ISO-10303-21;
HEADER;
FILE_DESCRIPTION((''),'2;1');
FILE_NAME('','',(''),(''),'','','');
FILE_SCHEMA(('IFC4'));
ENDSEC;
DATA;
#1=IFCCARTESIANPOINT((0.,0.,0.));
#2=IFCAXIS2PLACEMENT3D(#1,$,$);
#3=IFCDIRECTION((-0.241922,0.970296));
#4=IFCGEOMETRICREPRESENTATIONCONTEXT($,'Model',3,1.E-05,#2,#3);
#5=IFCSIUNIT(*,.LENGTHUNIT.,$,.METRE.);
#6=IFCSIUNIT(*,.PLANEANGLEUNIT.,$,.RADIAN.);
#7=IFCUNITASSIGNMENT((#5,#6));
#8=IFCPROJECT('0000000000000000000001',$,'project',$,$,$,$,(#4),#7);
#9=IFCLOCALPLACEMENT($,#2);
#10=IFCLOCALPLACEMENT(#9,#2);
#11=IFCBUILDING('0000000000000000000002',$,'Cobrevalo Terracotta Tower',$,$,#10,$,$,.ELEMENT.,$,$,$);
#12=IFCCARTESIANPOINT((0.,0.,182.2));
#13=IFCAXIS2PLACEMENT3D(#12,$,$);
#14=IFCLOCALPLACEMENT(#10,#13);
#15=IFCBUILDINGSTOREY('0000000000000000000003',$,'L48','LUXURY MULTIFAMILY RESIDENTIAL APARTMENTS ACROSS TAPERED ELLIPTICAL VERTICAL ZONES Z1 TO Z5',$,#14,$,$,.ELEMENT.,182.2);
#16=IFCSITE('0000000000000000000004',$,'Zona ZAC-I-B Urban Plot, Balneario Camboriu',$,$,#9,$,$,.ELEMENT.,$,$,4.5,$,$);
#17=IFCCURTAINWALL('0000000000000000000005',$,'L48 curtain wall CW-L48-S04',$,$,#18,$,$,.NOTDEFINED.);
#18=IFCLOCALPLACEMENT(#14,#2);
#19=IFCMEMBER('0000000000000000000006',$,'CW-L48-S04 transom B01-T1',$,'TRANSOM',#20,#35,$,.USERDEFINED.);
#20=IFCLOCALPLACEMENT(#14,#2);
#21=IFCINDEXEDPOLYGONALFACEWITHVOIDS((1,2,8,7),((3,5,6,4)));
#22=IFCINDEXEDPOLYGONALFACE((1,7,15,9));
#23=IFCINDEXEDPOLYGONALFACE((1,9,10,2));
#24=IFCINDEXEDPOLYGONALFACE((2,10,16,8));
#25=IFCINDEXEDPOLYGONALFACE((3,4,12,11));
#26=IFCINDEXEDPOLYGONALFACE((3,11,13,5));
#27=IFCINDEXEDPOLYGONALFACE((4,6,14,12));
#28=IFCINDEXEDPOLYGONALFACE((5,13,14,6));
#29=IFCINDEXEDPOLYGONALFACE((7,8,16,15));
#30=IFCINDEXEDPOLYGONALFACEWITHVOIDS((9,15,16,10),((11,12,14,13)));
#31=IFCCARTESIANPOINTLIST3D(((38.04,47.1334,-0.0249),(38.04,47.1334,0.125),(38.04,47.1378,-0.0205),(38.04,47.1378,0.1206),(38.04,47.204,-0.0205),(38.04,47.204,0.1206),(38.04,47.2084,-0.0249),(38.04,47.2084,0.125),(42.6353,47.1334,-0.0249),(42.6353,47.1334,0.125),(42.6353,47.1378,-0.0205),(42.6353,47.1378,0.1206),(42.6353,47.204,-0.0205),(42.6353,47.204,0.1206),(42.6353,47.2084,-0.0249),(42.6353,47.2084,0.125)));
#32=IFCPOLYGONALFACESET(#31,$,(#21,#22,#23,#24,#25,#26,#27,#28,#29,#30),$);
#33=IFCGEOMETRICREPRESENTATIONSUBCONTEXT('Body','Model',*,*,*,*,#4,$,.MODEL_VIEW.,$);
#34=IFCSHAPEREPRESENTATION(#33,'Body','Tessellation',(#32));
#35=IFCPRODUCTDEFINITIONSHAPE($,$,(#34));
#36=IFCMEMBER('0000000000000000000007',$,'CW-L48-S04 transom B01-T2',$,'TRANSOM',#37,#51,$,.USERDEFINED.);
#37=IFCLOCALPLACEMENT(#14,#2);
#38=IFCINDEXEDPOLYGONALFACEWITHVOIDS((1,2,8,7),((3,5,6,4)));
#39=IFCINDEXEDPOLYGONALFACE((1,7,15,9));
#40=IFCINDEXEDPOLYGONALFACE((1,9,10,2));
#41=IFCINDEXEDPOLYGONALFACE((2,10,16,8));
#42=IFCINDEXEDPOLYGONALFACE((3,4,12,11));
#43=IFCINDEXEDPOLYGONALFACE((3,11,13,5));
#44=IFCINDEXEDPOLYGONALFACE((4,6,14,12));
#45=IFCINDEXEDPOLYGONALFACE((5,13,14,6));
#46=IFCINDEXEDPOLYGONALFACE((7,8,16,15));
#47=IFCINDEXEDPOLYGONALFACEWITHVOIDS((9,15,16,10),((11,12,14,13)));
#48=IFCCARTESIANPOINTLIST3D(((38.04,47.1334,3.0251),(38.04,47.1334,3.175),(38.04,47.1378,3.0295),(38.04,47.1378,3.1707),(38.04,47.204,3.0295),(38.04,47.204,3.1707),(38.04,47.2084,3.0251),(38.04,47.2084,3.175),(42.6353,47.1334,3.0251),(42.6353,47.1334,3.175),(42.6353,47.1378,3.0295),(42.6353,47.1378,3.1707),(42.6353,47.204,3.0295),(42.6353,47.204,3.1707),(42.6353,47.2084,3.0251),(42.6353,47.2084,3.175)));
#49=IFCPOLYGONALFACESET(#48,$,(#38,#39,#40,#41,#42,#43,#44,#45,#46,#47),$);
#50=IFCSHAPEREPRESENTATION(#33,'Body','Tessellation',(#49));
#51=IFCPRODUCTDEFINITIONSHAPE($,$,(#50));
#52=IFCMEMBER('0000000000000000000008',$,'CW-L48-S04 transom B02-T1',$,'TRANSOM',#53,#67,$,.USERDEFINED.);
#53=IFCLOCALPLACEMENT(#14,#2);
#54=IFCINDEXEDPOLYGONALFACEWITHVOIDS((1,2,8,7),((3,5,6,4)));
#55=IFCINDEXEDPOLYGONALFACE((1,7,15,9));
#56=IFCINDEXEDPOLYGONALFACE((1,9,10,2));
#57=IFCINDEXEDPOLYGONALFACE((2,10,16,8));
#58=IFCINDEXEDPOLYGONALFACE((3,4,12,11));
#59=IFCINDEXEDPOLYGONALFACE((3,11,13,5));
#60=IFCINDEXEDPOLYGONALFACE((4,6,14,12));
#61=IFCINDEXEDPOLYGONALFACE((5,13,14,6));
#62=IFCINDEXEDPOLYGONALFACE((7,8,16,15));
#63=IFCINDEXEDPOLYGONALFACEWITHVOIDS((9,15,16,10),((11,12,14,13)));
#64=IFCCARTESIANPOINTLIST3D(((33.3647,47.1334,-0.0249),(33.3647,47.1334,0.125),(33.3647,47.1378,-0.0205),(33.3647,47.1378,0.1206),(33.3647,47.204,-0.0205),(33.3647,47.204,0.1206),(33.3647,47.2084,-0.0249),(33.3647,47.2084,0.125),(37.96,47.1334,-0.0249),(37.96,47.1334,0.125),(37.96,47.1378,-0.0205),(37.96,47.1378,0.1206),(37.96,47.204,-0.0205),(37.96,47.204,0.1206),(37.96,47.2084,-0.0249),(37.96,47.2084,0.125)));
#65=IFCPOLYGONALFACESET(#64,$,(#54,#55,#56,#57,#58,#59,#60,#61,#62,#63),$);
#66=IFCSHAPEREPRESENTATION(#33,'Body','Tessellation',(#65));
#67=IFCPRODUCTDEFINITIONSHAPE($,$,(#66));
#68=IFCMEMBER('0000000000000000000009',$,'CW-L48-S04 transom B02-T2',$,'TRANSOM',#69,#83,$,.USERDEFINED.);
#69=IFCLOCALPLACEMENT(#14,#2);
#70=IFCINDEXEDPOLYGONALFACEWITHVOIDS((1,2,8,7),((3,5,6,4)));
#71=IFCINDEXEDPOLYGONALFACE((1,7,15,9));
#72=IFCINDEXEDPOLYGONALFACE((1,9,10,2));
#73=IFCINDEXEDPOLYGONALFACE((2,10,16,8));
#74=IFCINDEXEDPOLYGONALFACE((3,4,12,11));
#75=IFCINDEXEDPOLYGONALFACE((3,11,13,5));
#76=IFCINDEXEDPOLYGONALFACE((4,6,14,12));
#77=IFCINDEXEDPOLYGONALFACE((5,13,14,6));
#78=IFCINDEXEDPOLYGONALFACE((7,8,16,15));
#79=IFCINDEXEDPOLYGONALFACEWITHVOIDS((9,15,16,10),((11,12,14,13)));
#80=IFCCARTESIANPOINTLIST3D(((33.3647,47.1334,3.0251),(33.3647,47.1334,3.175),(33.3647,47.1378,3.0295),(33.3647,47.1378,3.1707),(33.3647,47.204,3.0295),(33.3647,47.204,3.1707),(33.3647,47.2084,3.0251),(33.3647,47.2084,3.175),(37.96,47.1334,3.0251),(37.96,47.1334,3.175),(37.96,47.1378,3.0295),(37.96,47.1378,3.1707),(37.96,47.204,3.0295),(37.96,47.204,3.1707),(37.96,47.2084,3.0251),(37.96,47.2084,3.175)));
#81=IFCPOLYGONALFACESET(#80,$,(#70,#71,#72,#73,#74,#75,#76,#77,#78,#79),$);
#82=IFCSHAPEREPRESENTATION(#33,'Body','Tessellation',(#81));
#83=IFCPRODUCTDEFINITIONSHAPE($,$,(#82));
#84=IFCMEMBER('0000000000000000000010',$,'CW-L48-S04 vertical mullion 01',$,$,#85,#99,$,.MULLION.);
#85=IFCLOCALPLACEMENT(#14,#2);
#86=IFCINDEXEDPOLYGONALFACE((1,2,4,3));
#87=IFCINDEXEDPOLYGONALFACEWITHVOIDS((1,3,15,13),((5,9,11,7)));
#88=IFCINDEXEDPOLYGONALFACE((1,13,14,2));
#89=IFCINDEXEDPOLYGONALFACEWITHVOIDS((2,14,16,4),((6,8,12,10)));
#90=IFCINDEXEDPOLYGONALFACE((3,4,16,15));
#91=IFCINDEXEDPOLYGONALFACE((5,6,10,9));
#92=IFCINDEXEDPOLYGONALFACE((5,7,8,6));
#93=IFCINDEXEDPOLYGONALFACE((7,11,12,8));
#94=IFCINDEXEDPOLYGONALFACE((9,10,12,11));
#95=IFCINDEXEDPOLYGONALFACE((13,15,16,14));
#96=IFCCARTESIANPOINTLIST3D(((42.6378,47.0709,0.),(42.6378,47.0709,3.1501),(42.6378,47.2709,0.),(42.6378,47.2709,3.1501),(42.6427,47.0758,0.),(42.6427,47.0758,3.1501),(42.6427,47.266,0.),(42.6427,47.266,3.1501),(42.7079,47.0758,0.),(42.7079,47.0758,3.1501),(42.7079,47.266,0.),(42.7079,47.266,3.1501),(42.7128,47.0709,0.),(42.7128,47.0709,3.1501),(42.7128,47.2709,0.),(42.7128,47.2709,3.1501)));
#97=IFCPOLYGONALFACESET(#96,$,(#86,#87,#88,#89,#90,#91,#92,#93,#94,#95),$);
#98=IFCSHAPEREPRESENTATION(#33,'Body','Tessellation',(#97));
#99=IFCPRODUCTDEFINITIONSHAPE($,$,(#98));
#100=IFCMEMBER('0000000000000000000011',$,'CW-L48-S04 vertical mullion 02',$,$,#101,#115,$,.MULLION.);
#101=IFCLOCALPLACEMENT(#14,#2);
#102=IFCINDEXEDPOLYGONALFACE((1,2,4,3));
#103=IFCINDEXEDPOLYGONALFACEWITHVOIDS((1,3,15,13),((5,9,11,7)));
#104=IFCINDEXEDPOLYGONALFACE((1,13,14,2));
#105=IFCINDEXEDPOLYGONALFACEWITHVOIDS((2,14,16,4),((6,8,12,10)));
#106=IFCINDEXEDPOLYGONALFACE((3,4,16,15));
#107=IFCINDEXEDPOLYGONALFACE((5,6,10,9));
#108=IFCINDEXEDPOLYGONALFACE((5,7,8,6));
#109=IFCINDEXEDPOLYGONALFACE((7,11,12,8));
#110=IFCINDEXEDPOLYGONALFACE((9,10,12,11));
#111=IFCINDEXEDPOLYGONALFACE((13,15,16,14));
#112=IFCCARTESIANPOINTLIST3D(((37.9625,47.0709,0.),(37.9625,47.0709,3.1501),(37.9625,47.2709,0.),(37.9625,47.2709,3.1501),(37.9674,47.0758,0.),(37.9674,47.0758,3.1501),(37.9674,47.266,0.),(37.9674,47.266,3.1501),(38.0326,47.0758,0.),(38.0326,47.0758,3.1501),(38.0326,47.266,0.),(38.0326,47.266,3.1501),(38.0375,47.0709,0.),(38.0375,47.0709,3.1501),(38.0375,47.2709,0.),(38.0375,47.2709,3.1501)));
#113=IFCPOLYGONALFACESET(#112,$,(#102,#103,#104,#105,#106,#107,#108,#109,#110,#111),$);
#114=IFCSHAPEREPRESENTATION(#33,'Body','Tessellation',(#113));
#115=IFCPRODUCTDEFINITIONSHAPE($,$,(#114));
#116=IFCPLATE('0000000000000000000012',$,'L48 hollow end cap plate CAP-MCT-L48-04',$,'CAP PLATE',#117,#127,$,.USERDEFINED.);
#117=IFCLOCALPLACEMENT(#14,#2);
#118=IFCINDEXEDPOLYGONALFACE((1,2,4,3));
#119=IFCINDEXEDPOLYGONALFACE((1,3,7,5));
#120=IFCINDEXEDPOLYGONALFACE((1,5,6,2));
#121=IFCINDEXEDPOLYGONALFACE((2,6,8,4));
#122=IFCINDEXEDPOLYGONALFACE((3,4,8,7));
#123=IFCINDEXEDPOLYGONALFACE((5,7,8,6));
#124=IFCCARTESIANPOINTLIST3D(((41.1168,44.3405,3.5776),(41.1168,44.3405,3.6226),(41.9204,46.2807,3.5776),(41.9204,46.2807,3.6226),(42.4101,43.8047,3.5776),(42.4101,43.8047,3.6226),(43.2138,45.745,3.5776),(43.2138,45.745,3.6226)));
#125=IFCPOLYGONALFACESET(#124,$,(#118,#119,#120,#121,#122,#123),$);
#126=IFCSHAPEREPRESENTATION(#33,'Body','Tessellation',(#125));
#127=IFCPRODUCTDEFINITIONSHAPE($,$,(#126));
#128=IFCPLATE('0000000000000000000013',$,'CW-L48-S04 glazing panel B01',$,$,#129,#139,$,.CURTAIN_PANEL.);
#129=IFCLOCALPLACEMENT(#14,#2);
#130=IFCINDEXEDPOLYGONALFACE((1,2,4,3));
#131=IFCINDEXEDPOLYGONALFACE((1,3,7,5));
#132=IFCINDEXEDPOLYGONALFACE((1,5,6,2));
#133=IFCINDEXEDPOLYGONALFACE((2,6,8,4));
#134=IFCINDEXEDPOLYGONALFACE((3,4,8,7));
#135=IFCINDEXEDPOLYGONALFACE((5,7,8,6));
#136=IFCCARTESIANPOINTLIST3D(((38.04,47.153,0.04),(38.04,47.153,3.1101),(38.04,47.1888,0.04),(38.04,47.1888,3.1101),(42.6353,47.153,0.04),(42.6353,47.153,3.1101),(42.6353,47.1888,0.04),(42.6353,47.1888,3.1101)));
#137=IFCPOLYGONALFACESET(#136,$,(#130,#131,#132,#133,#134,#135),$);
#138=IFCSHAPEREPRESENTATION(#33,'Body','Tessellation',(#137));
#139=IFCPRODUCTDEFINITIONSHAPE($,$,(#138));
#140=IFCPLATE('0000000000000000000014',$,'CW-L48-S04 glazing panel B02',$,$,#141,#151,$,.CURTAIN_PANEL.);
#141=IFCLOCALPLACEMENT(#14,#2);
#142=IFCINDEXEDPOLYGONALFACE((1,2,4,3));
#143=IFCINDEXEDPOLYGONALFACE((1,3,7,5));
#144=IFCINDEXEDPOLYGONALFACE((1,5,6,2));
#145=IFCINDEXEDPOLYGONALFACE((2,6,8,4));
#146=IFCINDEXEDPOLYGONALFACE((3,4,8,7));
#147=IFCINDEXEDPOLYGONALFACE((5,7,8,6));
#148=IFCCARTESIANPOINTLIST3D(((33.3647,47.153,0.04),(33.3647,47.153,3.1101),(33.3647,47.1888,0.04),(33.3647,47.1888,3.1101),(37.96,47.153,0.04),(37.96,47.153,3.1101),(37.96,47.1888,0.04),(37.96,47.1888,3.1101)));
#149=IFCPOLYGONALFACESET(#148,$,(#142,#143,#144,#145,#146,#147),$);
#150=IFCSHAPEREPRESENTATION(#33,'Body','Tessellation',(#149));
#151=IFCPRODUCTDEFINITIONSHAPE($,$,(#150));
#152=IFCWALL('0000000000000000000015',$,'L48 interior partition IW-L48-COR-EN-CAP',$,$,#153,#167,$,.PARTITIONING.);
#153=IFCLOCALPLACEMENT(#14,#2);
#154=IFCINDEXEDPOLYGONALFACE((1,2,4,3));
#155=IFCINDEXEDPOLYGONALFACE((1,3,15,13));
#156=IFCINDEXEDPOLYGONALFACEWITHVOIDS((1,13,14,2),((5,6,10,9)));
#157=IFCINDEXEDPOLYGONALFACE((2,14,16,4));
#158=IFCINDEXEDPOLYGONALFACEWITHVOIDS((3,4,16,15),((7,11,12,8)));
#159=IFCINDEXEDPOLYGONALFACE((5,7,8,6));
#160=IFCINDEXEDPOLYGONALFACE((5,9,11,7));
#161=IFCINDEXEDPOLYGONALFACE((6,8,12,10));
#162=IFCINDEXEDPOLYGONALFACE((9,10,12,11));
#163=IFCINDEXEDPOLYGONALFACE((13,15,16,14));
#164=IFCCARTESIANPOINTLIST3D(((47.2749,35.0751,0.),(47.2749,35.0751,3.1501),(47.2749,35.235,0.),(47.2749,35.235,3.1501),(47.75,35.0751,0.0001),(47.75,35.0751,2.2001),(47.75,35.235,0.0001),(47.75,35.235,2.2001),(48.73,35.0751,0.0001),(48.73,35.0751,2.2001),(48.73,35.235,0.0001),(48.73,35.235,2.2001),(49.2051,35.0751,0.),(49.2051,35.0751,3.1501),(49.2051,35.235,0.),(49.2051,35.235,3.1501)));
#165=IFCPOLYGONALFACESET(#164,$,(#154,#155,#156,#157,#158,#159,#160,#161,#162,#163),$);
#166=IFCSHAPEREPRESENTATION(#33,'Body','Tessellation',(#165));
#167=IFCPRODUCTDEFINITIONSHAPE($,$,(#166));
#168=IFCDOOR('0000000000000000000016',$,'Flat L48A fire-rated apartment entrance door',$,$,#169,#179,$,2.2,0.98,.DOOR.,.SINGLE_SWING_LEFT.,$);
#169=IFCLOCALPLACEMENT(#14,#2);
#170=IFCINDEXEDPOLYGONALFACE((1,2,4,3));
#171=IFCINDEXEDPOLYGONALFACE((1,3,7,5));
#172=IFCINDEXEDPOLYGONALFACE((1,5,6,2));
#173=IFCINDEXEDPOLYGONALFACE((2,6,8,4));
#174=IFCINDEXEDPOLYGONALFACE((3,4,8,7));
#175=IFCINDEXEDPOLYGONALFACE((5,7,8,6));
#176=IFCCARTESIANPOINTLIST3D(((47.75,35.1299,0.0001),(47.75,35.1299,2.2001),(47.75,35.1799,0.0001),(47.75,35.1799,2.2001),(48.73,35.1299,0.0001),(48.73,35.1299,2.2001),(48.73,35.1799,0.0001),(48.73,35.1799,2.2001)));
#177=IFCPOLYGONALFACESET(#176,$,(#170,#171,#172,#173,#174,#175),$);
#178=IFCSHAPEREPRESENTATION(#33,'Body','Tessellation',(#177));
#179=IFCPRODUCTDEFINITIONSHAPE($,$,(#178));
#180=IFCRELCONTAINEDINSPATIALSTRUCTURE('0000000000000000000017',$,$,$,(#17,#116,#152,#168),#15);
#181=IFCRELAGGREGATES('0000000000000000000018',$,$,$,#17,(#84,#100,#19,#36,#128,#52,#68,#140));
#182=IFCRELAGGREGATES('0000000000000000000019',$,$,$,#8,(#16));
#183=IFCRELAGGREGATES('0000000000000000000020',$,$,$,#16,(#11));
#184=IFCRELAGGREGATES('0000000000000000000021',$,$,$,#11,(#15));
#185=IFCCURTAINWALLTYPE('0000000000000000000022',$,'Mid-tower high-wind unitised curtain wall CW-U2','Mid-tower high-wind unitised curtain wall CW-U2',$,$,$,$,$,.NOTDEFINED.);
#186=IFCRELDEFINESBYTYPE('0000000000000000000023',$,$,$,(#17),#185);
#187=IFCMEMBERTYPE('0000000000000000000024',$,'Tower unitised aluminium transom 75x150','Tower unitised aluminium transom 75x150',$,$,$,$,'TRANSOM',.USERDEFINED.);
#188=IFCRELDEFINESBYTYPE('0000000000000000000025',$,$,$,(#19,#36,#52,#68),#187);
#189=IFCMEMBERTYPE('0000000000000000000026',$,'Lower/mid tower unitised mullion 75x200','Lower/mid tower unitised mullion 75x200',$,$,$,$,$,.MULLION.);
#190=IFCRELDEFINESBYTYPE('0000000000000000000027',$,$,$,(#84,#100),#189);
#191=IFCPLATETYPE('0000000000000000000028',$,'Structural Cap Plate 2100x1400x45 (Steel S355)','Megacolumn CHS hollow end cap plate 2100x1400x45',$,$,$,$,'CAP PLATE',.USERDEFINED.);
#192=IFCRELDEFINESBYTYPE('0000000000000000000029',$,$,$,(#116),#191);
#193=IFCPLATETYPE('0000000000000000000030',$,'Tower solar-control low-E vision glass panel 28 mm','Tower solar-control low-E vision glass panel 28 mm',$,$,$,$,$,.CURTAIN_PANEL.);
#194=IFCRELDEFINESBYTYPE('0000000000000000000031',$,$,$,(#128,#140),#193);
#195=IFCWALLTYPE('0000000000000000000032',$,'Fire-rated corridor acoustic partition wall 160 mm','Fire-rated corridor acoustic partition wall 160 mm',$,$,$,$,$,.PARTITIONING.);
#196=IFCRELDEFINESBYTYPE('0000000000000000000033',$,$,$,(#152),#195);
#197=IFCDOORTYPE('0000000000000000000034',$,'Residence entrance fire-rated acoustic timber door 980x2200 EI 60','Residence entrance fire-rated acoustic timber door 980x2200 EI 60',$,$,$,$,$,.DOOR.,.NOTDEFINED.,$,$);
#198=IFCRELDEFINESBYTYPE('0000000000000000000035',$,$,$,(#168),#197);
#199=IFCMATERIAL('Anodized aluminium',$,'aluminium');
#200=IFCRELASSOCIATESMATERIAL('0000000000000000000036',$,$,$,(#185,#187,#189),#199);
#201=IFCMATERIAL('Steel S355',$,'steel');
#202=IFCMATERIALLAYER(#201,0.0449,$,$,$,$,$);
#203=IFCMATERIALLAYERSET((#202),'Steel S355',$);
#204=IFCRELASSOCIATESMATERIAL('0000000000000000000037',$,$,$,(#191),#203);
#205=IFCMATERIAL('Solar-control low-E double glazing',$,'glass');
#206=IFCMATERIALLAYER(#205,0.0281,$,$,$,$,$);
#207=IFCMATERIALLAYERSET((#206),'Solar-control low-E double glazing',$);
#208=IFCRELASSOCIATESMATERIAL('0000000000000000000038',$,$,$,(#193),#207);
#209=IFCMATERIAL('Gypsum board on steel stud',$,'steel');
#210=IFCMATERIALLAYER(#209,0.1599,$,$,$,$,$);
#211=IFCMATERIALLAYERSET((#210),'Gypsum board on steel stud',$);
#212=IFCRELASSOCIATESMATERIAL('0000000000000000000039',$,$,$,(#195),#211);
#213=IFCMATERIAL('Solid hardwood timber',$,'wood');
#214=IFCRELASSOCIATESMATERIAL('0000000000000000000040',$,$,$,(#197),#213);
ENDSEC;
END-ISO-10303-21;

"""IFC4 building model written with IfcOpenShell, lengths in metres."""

from ifc_helpers import new_model, si_unit, direction, frame, frame_2d, origin, origin_2d, place, context, subcontext, project, spatial, rectangle, hollow_rectangle, extrude, source, transform, mapped, material, layer, layer_set, material_profile, profile_set, type_object, element, fill, aggregate, save


model = new_model("IFC4")

# Units and contexts
model_context = context("Model", 3, precision=1e-05, world=origin(), true_north=direction((-0.241922, 0.970296)))
body_context = subcontext(model_context, "Body", "Model", "MODEL_VIEW")
ifc_project = project(units=[si_unit("LENGTHUNIT", "METRE"), si_unit("PLANEANGLEUNIT", "RADIAN")], contexts=[model_context])

# Site, building, storey
site_placement = place(None, origin())
site = spatial("IfcSite", under=ifc_project, at=site_placement, Name="Zona ZAC-I-B Urban Plot, Balneario Camboriu", CompositionType="ELEMENT", RefElevation=4.5)
building_placement = place(site_placement, origin())
building = spatial("IfcBuilding", under=site, at=building_placement, Name="Cobrevalo Terracotta Tower", CompositionType="ELEMENT")
storey_placement = place(building_placement, frame((0.0, 0.0, 182.2)))
storey = spatial("IfcBuildingStorey", under=building, at=storey_placement, Name="L48", Description="LUXURY MULTIFAMILY RESIDENTIAL APARTMENTS ACROSS TAPERED ELLIPTICAL VERTICAL ZONES Z1 TO Z5", CompositionType="ELEMENT", Elevation=182.2)

# Shared definitions
ifc_material_1 = material(Name="Steel S355", Category="steel")

# Curtain wall, members
ifc_material_2 = material(Name="Anodized aluminium", Category="aluminium")
curtain_wall_type = type_object("IfcCurtainWallType", Name="Mid-tower high-wind unitised curtain wall CW-U2", Description="Mid-tower high-wind unitised curtain wall CW-U2", PredefinedType="NOTDEFINED", material=ifc_material_2)
curtain_wall_placement = place(storey_placement, origin())
curtain_wall = element("IfcCurtainWall", 1, at=curtain_wall_placement, inside=storey, type_object=curtain_wall_type, Name="L48 curtain wall CW-L48-S04", PredefinedType="NOTDEFINED")
ifc_material_profile_1 = material_profile(ifc_material_2, hollow_rectangle(XDim=0.075, YDim=0.1499, WallThickness=0.0044, at=origin_2d()), Name="CWT 75x150")
ifc_profile_set_1 = profile_set([ifc_material_profile_1], Name="Anodized aluminium")
member_type_1 = type_object("IfcMemberType", Name="Tower unitised aluminium transom 75x150", Description="Tower unitised aluminium transom 75x150", ElementType="TRANSOM", PredefinedType="USERDEFINED", material=ifc_profile_set_1)
shared_shape_1 = source(origin(), body_context, "Body", "SweptSolid", [
    extrude(hollow_rectangle(XDim=0.075, YDim=0.1499, WallThickness=0.0044, at=origin_2d()), origin(), (0.0, 0.0, 1.0), 4.5952),
])
member_1_placement = place(storey_placement, frame((42.6353, 47.1709, 0.05), z_axis=(-1.0, 0.0, 0.0), x_axis=(0.0, -1.0, 0.0)))
member_1 = element("IfcMember", 2, at=member_1_placement, type_object=member_type_1, Name="CW-L48-S04 transom B01-T1", ObjectType="TRANSOM", PredefinedType="USERDEFINED", context=body_context, shape_type="MappedRepresentation", body=[
    mapped(shared_shape_1, transform((0.0, 0.0, 0.0), scale=1.0)),
])
member_2_placement = place(storey_placement, frame((42.6353, 47.1709, 3.1001), z_axis=(-1.0, 0.0, 0.0), x_axis=(0.0, -1.0, 0.0)))
member_2 = element("IfcMember", 3, at=member_2_placement, type_object=member_type_1, Name="CW-L48-S04 transom B01-T2", ObjectType="TRANSOM", PredefinedType="USERDEFINED", context=body_context, shape_type="MappedRepresentation", body=[
    mapped(shared_shape_1, transform((0.0, 0.0, 0.0), scale=1.0)),
])
member_3_placement = place(storey_placement, frame((37.96, 47.1709, 0.05), z_axis=(-1.0, 0.0, 0.0), x_axis=(0.0, -1.0, 0.0)))
member_3 = element("IfcMember", 4, at=member_3_placement, type_object=member_type_1, Name="CW-L48-S04 transom B02-T1", ObjectType="TRANSOM", PredefinedType="USERDEFINED", context=body_context, shape_type="MappedRepresentation", body=[
    mapped(shared_shape_1, transform((0.0, 0.0, 0.0), scale=1.0)),
])
member_4_placement = place(storey_placement, frame((37.96, 47.1709, 3.1001), z_axis=(-1.0, 0.0, 0.0), x_axis=(0.0, -1.0, 0.0)))
member_4 = element("IfcMember", 5, at=member_4_placement, type_object=member_type_1, Name="CW-L48-S04 transom B02-T2", ObjectType="TRANSOM", PredefinedType="USERDEFINED", context=body_context, shape_type="MappedRepresentation", body=[
    mapped(shared_shape_1, transform((0.0, 0.0, 0.0), scale=1.0)),
])
ifc_material_profile_2 = material_profile(ifc_material_2, hollow_rectangle(XDim=0.075, YDim=0.2, WallThickness=0.0049, at=origin_2d()), Name="CWM 75x200")
ifc_profile_set_2 = profile_set([ifc_material_profile_2], Name="Anodized aluminium")
member_type_2 = type_object("IfcMemberType", Name="Lower/mid tower unitised mullion 75x200", Description="Lower/mid tower unitised mullion 75x200", PredefinedType="MULLION", material=ifc_profile_set_2)
shared_shape_2 = source(origin(), body_context, "Body", "SweptSolid", [
    extrude(hollow_rectangle(XDim=0.075, YDim=0.2, WallThickness=0.0049, at=origin_2d()), origin(), (0.0, 0.0, 1.0), 3.1501),
])
member_5_placement = place(storey_placement, frame((42.6753, 47.1709, 0.0), z_axis=(0.0, 0.0, 1.0), x_axis=(-1.0, 0.0, 0.0)))
member_5 = element("IfcMember", 6, at=member_5_placement, type_object=member_type_2, Name="CW-L48-S04 vertical mullion 01", PredefinedType="MULLION", context=body_context, shape_type="MappedRepresentation", body=[
    mapped(shared_shape_2, transform((0.0, 0.0, 0.0), scale=1.0)),
])
member_6_placement = place(storey_placement, frame((38.0, 47.1709, 0.0), z_axis=(0.0, 0.0, 1.0), x_axis=(-1.0, 0.0, 0.0)))
member_6 = element("IfcMember", 7, at=member_6_placement, type_object=member_type_2, Name="CW-L48-S04 vertical mullion 02", PredefinedType="MULLION", context=body_context, shape_type="MappedRepresentation", body=[
    mapped(shared_shape_2, transform((0.0, 0.0, 0.0), scale=1.0)),
])

# Plates
ifc_layer_1 = layer(ifc_material_1, 0.0449)
ifc_layer_set_1 = layer_set([ifc_layer_1], Name="Steel S355")
plate_type_1 = type_object("IfcPlateType", Name="Structural Cap Plate 2100x1400x45 (Steel S355)", Description="Megacolumn CHS hollow end cap plate 2100x1400x45", ElementType="CAP PLATE", PredefinedType="USERDEFINED", material=ifc_layer_set_1)
shared_shape_3 = source(origin(), body_context, "Body", "SweptSolid", [
    extrude(rectangle(XDim=2.1001, YDim=1.3999, at=origin_2d()), origin(), (0.0, 0.0, 1.0), 0.0449),
])
plate_1_placement = place(storey_placement, frame((42.1653, 45.0427, 3.5776), z_axis=(0.0, 0.0, 1.0), x_axis=(0.382683, 0.92388, 0.0)))
element("IfcPlate", 8, at=plate_1_placement, inside=storey, type_object=plate_type_1, Name="L48 hollow end cap plate CAP-MCT-L48-04", ObjectType="CAP PLATE", PredefinedType="USERDEFINED", context=body_context, shape_type="MappedRepresentation", body=[
    mapped(shared_shape_3, transform((0.0, 0.0, 0.0), scale=1.0)),
])
ifc_material_3 = material(Name="Solar-control low-E double glazing", Category="glass")
ifc_layer_2 = layer(ifc_material_3, 0.0281)
ifc_layer_set_2 = layer_set([ifc_layer_2], Name="Solar-control low-E double glazing")
plate_type_2 = type_object("IfcPlateType", Name="Tower solar-control low-E vision glass panel 28 mm", Description="Tower solar-control low-E vision glass panel 28 mm", PredefinedType="CURTAIN_PANEL", material=ifc_layer_set_2)
shared_shape_4 = source(origin(), body_context, "Body", "SweptSolid", [
    extrude(rectangle(XDim=4.5952, YDim=0.0359, at=origin_2d()), origin(), (0.0, 0.0, 1.0), 3.0701),
])
plate_2_placement = place(storey_placement, frame((40.3376, 47.1709, 0.04), z_axis=(0.0, 0.0, 1.0), x_axis=(-1.0, 0.0, 0.0)))
plate_2 = element("IfcPlate", 9, at=plate_2_placement, type_object=plate_type_2, Name="CW-L48-S04 glazing panel B01", PredefinedType="CURTAIN_PANEL", context=body_context, shape_type="MappedRepresentation", body=[
    mapped(shared_shape_4, transform((0.0, 0.0, 0.0), scale=1.0)),
])
plate_3_placement = place(storey_placement, frame((35.6624, 47.1709, 0.04), z_axis=(0.0, 0.0, 1.0), x_axis=(-1.0, 0.0, 0.0)))
plate_3 = element("IfcPlate", 10, at=plate_3_placement, type_object=plate_type_2, Name="CW-L48-S04 glazing panel B02", PredefinedType="CURTAIN_PANEL", context=body_context, shape_type="MappedRepresentation", body=[
    mapped(shared_shape_4, transform((0.0, 0.0, 0.0), scale=1.0)),
])
aggregate(curtain_wall, [member_5, member_6, member_1, member_2, plate_2, member_3, member_4, plate_3])

# Wall, opening, door
ifc_material_4 = material(Name="Gypsum board on steel stud", Category="steel")
ifc_layer_3 = layer(ifc_material_4, 0.1599)
ifc_layer_set_3 = layer_set([ifc_layer_3], Name="Gypsum board on steel stud")
wall_type_1 = type_object("IfcWallType", Name="Fire-rated corridor acoustic partition wall 160 mm", Description="Fire-rated corridor acoustic partition wall 160 mm", PredefinedType="PARTITIONING", material=ifc_layer_set_3)
wall_1_placement = place(storey_placement, frame((47.2749, 35.155, 0.0), z_axis=(0.0, 0.0, 1.0), x_axis=(1.0, 0.0, 0.0)))
wall_1 = element("IfcWall", 11, at=wall_1_placement, inside=storey, type_object=wall_type_1, Name="L48 interior partition IW-L48-COR-EN-CAP", PredefinedType="PARTITIONING", context=body_context, shape_type="SweptSolid", body=[
    extrude(rectangle(XDim=1.9302, YDim=0.1599, at=frame_2d((0.9651, 0.0))), origin(), (0.0, 0.0, 1.0), 3.1501),
])
opening_1_placement = place(wall_1_placement, frame((0.4751, 0.0, 0.0)))
opening_1 = element("IfcOpeningElement", 12, at=opening_1_placement, cuts=wall_1, PredefinedType="OPENING", context=body_context, shape_type="SweptSolid", body=[
    extrude(rectangle(XDim=0.98, YDim=2.2, at=frame_2d((0.49, 1.1001))), frame((0.0, 0.0898, 0.0), z_axis=(0.0, -1.0, 0.0), x_axis=(1.0, 0.0, 0.0)), (0.0, 0.0, 1.0), 0.1799),
])
ifc_material_5 = material(Name="Solid hardwood timber", Category="wood")
door_type_1 = type_object("IfcDoorType", Name="Residence entrance fire-rated acoustic timber door 980x2200 EI 60", Description="Residence entrance fire-rated acoustic timber door 980x2200 EI 60", OperationType="NOTDEFINED", PredefinedType="DOOR", material=ifc_material_5)
shared_shape_5 = source(origin(), body_context, "Body", "SweptSolid", [
    extrude(rectangle(XDim=0.98, YDim=2.2, at=frame_2d((0.49, 1.1001))), frame((0.0, 0.0249, 0.0), z_axis=(0.0, -1.0, 0.0), x_axis=(1.0, 0.0, 0.0)), (0.0, 0.0, 1.0), 0.05),
])
door_1_placement = place(opening_1_placement, origin())
door_1 = element("IfcDoor", 13, at=door_1_placement, inside=storey, type_object=door_type_1, Name="Flat L48A fire-rated apartment entrance door", OperationType="SINGLE_SWING_LEFT", OverallHeight=2.2, OverallWidth=0.98, PredefinedType="DOOR", context=body_context, shape_type="MappedRepresentation", body=[
    mapped(shared_shape_5, transform((0.0, 0.0, 0.0), scale=1.0)),
])
fill(opening_1, door_1)

save(model, "model.ifc")
